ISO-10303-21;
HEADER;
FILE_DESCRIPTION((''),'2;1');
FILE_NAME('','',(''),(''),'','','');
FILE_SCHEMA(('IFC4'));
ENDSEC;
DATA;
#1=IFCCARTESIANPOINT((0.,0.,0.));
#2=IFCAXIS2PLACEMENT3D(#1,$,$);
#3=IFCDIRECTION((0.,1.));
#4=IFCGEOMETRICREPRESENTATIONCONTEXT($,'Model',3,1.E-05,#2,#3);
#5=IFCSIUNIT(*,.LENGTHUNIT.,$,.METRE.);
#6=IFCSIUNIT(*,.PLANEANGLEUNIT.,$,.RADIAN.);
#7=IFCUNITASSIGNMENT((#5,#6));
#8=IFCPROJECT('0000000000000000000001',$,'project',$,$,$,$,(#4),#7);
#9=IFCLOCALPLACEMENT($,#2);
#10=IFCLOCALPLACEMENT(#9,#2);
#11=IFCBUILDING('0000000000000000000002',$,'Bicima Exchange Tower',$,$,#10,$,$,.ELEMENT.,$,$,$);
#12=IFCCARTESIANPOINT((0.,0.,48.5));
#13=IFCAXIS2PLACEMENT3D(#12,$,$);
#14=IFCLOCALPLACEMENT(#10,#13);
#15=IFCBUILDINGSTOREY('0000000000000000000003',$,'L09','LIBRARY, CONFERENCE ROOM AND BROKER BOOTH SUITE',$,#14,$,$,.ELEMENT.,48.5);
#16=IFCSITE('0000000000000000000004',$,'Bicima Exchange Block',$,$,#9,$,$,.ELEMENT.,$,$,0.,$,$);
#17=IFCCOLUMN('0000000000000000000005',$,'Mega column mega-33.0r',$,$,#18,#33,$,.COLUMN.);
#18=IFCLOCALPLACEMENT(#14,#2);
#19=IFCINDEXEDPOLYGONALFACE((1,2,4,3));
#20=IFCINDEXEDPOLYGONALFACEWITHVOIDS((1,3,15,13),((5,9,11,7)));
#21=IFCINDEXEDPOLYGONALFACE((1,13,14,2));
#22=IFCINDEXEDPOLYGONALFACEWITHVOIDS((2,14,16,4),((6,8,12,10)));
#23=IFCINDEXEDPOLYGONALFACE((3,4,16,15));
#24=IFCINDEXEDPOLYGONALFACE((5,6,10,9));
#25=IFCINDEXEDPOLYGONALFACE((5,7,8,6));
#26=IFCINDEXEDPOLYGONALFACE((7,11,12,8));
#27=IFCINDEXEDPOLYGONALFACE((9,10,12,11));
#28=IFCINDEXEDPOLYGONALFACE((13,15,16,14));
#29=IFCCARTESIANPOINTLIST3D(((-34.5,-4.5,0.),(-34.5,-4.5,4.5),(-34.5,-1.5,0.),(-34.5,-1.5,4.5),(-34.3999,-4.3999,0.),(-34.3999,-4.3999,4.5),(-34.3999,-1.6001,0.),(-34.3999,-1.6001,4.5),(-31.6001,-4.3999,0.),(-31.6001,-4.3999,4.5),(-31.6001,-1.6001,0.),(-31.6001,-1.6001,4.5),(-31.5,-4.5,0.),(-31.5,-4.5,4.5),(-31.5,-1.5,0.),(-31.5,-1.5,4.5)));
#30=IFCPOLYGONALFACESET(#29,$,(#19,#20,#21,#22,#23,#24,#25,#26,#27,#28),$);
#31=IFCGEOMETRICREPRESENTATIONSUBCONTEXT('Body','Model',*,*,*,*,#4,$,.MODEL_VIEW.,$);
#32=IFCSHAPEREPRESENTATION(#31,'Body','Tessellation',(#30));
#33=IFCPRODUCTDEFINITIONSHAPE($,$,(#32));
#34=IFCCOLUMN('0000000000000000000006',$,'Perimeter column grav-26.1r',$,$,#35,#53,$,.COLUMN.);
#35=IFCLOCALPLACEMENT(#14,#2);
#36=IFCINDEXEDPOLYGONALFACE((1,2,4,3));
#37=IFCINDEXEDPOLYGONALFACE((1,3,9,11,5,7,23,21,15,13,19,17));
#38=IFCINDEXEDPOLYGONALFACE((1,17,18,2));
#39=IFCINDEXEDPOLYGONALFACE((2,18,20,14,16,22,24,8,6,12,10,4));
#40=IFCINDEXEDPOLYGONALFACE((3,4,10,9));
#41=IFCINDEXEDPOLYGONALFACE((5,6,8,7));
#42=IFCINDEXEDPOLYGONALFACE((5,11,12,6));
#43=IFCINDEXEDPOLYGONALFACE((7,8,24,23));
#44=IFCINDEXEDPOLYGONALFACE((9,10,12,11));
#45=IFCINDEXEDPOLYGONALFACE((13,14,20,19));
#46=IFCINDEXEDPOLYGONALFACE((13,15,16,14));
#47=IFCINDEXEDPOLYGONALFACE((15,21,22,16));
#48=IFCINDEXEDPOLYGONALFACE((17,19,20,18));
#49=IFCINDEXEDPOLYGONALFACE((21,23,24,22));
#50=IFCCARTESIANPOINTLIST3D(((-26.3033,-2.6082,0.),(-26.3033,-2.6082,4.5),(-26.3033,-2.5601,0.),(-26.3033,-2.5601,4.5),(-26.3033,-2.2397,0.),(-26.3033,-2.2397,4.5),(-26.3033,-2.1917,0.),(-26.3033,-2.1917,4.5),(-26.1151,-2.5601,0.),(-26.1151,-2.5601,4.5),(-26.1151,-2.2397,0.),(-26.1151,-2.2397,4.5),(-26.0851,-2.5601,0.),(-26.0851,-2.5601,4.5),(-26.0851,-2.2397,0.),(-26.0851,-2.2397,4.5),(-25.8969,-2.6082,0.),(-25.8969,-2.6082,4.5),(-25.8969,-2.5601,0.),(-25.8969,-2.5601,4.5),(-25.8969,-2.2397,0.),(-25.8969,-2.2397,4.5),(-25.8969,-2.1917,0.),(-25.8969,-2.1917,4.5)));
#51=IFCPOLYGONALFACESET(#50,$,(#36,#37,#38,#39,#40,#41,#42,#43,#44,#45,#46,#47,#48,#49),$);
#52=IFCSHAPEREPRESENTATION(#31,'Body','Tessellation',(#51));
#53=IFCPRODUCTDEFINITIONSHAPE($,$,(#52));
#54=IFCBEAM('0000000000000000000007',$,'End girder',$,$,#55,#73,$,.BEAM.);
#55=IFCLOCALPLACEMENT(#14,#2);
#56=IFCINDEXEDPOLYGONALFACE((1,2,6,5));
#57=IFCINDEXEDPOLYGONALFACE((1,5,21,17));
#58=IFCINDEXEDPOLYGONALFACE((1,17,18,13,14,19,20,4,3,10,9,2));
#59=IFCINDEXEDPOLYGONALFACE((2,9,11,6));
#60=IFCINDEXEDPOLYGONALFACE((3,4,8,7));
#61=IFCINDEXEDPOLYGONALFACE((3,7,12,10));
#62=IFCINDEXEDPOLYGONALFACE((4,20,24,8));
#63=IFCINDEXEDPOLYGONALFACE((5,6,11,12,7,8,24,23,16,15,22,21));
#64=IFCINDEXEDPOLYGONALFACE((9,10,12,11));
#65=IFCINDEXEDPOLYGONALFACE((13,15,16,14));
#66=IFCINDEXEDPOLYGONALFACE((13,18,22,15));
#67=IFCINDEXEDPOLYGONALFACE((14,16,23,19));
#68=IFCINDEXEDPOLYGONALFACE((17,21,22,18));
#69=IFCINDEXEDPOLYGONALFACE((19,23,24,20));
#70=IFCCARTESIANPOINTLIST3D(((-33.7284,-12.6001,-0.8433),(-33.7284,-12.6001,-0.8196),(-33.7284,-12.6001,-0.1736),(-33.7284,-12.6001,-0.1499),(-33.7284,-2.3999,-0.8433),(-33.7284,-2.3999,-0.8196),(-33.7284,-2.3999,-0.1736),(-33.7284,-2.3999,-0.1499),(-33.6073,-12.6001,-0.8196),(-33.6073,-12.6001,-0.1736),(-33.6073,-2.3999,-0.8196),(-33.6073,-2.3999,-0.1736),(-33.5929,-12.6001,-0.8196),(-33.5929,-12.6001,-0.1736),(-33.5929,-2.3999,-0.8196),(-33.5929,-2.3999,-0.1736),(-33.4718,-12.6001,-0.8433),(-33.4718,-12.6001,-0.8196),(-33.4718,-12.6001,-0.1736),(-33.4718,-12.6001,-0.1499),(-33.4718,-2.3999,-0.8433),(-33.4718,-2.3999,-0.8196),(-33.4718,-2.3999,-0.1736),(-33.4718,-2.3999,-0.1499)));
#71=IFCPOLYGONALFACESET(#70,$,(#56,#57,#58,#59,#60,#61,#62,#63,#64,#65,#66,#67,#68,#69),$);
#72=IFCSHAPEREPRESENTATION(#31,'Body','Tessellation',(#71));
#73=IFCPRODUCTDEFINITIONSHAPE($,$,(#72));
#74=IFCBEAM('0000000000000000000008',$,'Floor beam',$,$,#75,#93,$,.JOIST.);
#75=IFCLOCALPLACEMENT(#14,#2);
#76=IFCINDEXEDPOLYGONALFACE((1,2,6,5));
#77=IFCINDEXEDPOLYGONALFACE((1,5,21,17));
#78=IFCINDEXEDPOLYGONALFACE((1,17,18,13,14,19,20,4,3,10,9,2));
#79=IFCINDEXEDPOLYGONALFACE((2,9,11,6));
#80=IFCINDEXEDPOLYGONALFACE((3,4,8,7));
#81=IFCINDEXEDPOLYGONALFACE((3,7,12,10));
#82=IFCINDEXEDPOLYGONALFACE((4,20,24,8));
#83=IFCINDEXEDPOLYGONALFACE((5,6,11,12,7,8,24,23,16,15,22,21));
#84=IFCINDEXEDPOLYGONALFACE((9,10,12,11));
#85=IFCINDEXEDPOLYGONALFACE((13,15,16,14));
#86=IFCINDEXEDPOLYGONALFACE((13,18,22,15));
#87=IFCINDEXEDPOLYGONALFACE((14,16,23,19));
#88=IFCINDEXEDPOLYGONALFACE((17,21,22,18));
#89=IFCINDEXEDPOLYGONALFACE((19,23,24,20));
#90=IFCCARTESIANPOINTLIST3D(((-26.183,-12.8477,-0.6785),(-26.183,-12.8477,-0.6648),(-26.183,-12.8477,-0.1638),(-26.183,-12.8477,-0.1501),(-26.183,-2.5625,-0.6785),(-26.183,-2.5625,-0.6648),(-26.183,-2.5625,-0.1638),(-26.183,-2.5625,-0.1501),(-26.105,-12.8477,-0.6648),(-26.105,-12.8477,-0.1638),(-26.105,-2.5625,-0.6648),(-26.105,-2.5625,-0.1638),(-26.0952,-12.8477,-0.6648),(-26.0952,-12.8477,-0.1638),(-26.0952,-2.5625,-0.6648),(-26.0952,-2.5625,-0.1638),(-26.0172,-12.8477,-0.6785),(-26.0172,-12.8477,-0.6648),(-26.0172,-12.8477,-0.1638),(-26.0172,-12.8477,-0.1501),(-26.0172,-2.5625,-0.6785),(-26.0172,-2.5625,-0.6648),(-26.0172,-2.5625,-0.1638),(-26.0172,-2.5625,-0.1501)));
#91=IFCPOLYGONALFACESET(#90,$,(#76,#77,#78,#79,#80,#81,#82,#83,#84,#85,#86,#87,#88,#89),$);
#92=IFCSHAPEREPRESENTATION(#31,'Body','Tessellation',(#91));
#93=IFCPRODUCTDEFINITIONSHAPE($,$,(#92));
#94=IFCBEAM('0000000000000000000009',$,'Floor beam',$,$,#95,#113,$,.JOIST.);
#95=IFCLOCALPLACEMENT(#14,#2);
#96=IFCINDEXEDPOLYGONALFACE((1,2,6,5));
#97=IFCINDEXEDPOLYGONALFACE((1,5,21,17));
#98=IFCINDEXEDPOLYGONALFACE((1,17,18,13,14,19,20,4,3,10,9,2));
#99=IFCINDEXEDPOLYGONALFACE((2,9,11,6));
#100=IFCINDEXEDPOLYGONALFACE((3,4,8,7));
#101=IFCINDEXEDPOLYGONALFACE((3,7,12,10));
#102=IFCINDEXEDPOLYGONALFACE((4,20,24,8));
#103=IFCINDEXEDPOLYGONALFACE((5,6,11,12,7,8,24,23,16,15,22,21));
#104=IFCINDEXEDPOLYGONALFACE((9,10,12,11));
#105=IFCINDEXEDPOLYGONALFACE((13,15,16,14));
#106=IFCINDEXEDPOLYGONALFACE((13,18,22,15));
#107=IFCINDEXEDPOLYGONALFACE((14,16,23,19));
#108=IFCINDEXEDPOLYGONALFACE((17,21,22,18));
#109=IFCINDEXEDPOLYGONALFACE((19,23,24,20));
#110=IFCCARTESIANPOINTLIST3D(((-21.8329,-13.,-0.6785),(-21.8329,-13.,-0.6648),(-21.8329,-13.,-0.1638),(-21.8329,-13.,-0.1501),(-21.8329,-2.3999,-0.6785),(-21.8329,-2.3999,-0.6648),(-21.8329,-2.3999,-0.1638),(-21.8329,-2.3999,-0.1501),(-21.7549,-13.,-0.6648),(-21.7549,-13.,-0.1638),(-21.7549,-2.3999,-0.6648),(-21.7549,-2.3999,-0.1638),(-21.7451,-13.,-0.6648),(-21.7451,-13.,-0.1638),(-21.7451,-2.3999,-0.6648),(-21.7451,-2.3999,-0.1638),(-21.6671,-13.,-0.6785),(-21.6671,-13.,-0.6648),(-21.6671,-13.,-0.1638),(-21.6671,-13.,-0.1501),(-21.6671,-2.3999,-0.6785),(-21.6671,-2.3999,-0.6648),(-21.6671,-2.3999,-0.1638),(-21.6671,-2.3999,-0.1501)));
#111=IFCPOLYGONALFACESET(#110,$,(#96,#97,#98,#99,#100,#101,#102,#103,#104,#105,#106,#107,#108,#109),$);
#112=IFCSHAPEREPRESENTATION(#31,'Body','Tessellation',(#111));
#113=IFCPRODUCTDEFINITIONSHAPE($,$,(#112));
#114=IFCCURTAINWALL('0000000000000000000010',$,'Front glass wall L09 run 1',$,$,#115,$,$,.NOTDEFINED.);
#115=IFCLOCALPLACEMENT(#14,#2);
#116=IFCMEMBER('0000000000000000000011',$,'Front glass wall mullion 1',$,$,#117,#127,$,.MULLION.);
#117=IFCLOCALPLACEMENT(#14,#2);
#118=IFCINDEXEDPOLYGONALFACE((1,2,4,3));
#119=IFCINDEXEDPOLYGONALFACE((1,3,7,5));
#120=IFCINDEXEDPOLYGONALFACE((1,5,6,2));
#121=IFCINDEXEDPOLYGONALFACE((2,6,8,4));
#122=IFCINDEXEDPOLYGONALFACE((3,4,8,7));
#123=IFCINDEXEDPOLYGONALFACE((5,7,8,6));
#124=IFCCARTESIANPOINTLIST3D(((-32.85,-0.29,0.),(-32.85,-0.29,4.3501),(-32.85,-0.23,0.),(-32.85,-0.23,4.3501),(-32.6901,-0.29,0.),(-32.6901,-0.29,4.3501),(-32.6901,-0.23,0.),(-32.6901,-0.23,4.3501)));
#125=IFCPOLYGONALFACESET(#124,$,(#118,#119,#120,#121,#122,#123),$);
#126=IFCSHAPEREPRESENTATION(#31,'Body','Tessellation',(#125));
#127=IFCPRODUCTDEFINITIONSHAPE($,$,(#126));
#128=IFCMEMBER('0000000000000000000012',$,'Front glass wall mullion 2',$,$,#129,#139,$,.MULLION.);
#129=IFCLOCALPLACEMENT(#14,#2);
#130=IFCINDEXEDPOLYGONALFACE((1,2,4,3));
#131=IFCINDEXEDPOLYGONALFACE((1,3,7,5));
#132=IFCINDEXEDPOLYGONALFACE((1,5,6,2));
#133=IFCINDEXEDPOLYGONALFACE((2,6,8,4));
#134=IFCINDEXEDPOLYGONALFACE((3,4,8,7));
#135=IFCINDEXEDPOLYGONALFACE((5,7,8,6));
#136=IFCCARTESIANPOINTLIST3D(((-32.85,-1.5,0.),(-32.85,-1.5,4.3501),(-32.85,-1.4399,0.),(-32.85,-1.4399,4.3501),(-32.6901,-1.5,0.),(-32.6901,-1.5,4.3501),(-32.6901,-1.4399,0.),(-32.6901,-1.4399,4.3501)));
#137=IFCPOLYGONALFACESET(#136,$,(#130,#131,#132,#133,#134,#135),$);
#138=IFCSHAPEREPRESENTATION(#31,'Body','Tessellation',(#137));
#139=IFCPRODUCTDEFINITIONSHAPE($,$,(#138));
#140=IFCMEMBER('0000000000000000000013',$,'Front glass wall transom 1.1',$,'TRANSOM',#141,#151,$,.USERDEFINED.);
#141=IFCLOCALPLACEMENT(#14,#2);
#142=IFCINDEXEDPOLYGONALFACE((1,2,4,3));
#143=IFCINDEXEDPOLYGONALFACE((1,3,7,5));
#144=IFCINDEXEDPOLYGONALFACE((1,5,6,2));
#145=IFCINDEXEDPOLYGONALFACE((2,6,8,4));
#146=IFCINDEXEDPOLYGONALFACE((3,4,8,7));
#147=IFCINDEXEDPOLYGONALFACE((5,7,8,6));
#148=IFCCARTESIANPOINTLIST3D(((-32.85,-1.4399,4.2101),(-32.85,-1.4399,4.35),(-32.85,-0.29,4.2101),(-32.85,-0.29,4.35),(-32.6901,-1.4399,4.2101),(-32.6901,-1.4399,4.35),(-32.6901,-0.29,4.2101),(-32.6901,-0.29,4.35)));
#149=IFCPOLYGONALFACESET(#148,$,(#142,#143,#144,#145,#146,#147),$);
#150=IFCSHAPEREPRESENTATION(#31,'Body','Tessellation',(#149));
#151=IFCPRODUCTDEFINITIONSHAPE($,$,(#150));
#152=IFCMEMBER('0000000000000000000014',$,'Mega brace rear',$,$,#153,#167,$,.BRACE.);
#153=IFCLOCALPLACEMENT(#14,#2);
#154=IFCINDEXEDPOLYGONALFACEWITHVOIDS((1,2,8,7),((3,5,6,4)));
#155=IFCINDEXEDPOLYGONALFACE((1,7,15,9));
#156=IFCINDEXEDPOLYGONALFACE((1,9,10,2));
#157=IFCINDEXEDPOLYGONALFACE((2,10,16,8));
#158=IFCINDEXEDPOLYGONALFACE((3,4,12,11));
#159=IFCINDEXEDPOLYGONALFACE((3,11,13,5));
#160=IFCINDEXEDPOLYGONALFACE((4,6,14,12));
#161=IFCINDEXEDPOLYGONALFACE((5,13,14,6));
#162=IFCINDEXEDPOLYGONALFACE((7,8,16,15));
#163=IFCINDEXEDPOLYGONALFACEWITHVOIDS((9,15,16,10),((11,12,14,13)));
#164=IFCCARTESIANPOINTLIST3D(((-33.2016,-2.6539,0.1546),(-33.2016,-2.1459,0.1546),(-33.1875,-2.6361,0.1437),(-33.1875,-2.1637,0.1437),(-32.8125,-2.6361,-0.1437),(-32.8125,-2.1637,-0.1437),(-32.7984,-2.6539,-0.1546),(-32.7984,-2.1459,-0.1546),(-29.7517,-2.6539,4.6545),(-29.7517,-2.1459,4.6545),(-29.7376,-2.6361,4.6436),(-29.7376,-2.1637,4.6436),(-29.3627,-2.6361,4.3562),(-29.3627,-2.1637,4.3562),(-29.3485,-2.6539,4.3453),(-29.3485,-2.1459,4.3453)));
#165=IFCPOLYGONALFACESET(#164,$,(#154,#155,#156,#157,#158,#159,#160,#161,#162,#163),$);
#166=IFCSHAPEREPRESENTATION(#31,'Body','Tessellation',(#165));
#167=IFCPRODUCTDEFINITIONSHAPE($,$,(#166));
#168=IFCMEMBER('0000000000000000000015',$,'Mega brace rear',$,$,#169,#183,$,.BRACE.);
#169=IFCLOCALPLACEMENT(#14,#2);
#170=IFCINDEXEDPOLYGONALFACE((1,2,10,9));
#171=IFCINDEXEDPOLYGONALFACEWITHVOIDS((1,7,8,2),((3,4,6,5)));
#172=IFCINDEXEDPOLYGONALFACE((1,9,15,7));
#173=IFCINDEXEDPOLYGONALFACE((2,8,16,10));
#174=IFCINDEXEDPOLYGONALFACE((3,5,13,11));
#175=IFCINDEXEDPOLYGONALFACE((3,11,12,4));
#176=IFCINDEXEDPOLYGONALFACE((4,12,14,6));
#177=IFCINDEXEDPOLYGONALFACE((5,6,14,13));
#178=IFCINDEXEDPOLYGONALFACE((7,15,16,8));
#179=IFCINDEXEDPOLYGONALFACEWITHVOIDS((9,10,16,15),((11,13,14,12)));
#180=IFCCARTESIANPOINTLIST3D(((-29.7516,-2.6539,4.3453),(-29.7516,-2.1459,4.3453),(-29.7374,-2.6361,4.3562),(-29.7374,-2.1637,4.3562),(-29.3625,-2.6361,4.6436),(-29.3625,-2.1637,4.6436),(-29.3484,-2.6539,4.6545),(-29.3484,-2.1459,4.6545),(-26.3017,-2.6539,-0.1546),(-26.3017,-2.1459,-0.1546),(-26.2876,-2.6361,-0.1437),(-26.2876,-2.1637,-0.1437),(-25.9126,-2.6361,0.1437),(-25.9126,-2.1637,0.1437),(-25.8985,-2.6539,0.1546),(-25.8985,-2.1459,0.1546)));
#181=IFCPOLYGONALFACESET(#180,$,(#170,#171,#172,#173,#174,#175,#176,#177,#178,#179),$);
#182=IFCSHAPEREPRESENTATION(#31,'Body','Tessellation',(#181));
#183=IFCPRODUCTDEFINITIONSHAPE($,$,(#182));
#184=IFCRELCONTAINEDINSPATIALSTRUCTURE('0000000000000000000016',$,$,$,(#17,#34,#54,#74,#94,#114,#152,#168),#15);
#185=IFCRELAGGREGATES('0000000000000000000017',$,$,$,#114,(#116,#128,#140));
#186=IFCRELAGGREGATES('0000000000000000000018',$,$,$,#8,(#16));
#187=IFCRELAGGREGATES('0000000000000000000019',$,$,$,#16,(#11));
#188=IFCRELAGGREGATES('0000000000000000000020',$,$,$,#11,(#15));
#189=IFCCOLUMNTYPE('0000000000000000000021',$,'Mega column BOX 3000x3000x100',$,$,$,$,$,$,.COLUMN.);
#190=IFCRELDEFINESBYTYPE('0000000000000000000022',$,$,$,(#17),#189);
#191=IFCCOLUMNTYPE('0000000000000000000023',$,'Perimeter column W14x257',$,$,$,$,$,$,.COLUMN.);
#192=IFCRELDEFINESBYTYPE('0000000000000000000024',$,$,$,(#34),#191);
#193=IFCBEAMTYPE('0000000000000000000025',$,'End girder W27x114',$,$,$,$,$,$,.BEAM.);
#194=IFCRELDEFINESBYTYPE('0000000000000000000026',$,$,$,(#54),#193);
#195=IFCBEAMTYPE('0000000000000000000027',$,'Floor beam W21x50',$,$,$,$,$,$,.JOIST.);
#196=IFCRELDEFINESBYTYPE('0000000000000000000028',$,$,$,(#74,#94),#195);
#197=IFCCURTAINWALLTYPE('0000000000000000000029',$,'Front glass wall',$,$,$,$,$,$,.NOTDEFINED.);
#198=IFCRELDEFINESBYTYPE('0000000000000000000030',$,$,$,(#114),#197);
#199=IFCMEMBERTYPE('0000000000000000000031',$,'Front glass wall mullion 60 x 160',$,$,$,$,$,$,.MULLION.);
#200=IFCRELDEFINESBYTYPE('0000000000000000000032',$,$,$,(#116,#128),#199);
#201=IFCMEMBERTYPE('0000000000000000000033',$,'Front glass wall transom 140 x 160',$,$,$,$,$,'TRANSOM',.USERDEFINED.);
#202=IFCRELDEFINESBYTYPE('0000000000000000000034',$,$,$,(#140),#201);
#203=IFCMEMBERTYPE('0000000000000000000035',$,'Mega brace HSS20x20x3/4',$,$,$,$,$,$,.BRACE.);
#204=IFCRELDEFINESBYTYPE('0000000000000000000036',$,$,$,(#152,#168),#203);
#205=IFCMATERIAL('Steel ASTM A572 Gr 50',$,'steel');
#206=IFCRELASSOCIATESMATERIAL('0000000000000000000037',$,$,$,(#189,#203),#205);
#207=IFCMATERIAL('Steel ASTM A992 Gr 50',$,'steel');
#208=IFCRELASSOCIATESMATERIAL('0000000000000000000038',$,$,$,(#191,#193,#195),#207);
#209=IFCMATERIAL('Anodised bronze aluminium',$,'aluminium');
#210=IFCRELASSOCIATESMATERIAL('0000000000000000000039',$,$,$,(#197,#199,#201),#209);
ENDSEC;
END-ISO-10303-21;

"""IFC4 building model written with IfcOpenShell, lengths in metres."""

from ifc_helpers import new_model, si_unit, direction, frame, origin, origin_2d, place, context, subcontext, project, spatial, rectangle, hollow_rectangle, i_section, extrude, material, material_profile, profile_set, type_object, element, aggregate, save


model = new_model("IFC4")

# Units and contexts
model_context = context("Model", 3, precision=1e-05, world=origin(), true_north=direction((0.0, 1.0)))
body_context = subcontext(model_context, "Body", "Model", "MODEL_VIEW")
ifc_project = project(units=[si_unit("LENGTHUNIT", "METRE"), si_unit("PLANEANGLEUNIT", "RADIAN")], contexts=[model_context])

# Site, building, storey
site_placement = place(None, origin())
site = spatial("IfcSite", under=ifc_project, at=site_placement, Name="Bicima Exchange Block", CompositionType="ELEMENT", RefElevation=0.0)
building_placement = place(site_placement, origin())
building = spatial("IfcBuilding", under=site, at=building_placement, Name="Bicima Exchange Tower", CompositionType="ELEMENT")
storey_placement = place(building_placement, frame((0.0, 0.0, 48.5)))
storey = spatial("IfcBuildingStorey", under=building, at=storey_placement, Name="L09", Description="LIBRARY, CONFERENCE ROOM AND BROKER BOOTH SUITE", CompositionType="ELEMENT", Elevation=48.5)

# Columns
ifc_material_1 = material(Name="Steel ASTM A572 Gr 50", Category="steel")
ifc_material_profile_1 = material_profile(ifc_material_1, hollow_rectangle(XDim=3.0, YDim=3.0, WallThickness=0.1001, at=origin_2d()))
ifc_profile_set_1 = profile_set([ifc_material_profile_1], Name="Steel ASTM A572 Gr 50")
column_type_1 = type_object("IfcColumnType", Name="Mega column BOX 3000x3000x100", PredefinedType="COLUMN", material=ifc_profile_set_1)
column_1_placement = place(storey_placement, frame((-33.0, -3.0, 0.0), z_axis=(0.0, 0.0, 1.0), x_axis=(1.0, 0.0, 0.0)))
element("IfcColumn", 1, at=column_1_placement, inside=storey, type_object=column_type_1, Name="Mega column mega-33.0r", PredefinedType="COLUMN", context=body_context, shape_type="SweptSolid", body=[
    extrude(hollow_rectangle(XDim=3.0, YDim=3.0, WallThickness=0.1001, at=origin_2d()), origin(), (0.0, 0.0, 1.0), 4.5),
])
ifc_material_2 = material(Name="Steel ASTM A992 Gr 50", Category="steel")
ifc_material_profile_2 = material_profile(ifc_material_2, i_section(OverallWidth=0.4065, OverallDepth=0.4165, WebThickness=0.03, FlangeThickness=0.0481, at=origin_2d()))
ifc_profile_set_2 = profile_set([ifc_material_profile_2], Name="Steel ASTM A992 Gr 50")
column_type_2 = type_object("IfcColumnType", Name="Perimeter column W14x257", PredefinedType="COLUMN", material=ifc_profile_set_2)
column_2_placement = place(storey_placement, frame((-26.1001, -2.3999, 0.0), z_axis=(0.0, 0.0, 1.0), x_axis=(1.0, 0.0, 0.0)))
element("IfcColumn", 2, at=column_2_placement, inside=storey, type_object=column_type_2, Name="Perimeter column grav-26.1r", PredefinedType="COLUMN", context=body_context, shape_type="SweptSolid", body=[
    extrude(i_section(OverallWidth=0.4065, OverallDepth=0.4165, WebThickness=0.03, FlangeThickness=0.0481, at=origin_2d()), origin(), (0.0, 0.0, 1.0), 4.5),
])

# Beams
ifc_material_profile_3 = material_profile(ifc_material_2, i_section(OverallWidth=0.2566, OverallDepth=0.6934, WebThickness=0.0144, FlangeThickness=0.0237, at=origin_2d()))
ifc_profile_set_3 = profile_set([ifc_material_profile_3], Name="Steel ASTM A992 Gr 50")
beam_type_1 = type_object("IfcBeamType", Name="End girder W27x114", PredefinedType="BEAM", material=ifc_profile_set_3)
beam_1_placement = place(storey_placement, frame((-33.6001, -2.3999, -0.4966), z_axis=(0.0, -1.0, 0.0), x_axis=(1.0, 0.0, 0.0)))
element("IfcBeam", 3, at=beam_1_placement, inside=storey, type_object=beam_type_1, Name="End girder", PredefinedType="BEAM", context=body_context, shape_type="SweptSolid", body=[
    extrude(i_section(OverallWidth=0.2566, OverallDepth=0.6934, WebThickness=0.0144, FlangeThickness=0.0237, at=origin_2d()), origin(), (0.0, 0.0, 1.0), 10.2002),
])
ifc_material_profile_4 = material_profile(ifc_material_2, i_section(OverallWidth=0.1658, OverallDepth=0.5283, WebThickness=0.0098, FlangeThickness=0.0137, at=origin_2d()))
ifc_profile_set_4 = profile_set([ifc_material_profile_4], Name="Steel ASTM A992 Gr 50")
beam_type_2 = type_object("IfcBeamType", Name="Floor beam W21x50", PredefinedType="JOIST", material=ifc_profile_set_4)
beam_2_placement = place(storey_placement, frame((-26.1001, -2.5625, -0.4143), z_axis=(0.0, -1.0, 0.0), x_axis=(1.0, 0.0, 0.0)))
element("IfcBeam", 4, at=beam_2_placement, inside=storey, type_object=beam_type_2, Name="Floor beam", PredefinedType="JOIST", context=body_context, shape_type="SweptSolid", body=[
    extrude(i_section(OverallWidth=0.1658, OverallDepth=0.5283, WebThickness=0.0098, FlangeThickness=0.0137, at=origin_2d()), origin(), (0.0, 0.0, 1.0), 10.2852),
])
beam_3_placement = place(storey_placement, frame((-21.75, -2.3999, -0.4143), z_axis=(0.0, -1.0, 0.0), x_axis=(1.0, 0.0, 0.0)))
element("IfcBeam", 5, at=beam_3_placement, inside=storey, type_object=beam_type_2, Name="Floor beam", PredefinedType="JOIST", context=body_context, shape_type="SweptSolid", body=[
    extrude(i_section(OverallWidth=0.1658, OverallDepth=0.5283, WebThickness=0.0098, FlangeThickness=0.0137, at=origin_2d()), origin(), (0.0, 0.0, 1.0), 10.6001),
])

# Curtain wall, members
ifc_material_3 = material(Name="Anodised bronze aluminium", Category="aluminium")
curtain_wall_type = type_object("IfcCurtainWallType", Name="Front glass wall", PredefinedType="NOTDEFINED", material=ifc_material_3)
curtain_wall_placement = place(storey_placement, origin())
curtain_wall = element("IfcCurtainWall", 6, at=curtain_wall_placement, inside=storey, type_object=curtain_wall_type, Name="Front glass wall L09 run 1", PredefinedType="NOTDEFINED")
ifc_material_profile_5 = material_profile(ifc_material_3, rectangle(XDim=0.1599, YDim=0.0601, at=origin_2d()))
ifc_profile_set_5 = profile_set([ifc_material_profile_5], Name="Anodised bronze aluminium")
member_type_1 = type_object("IfcMemberType", Name="Front glass wall mullion 60 x 160", PredefinedType="MULLION", material=ifc_profile_set_5)
member_1_placement = place(storey_placement, frame((-32.77, -0.26, 0.0), z_axis=(0.0, 0.0, 1.0), x_axis=(1.0, 0.0, 0.0)))
member_1 = element("IfcMember", 7, at=member_1_placement, type_object=member_type_1, Name="Front glass wall mullion 1", PredefinedType="MULLION", context=body_context, shape_type="SweptSolid", body=[
    extrude(rectangle(XDim=0.1599, YDim=0.0601, at=origin_2d()), origin(), (0.0, 0.0, 1.0), 4.3501),
])
member_2_placement = place(storey_placement, frame((-32.77, -1.47, 0.0), z_axis=(0.0, 0.0, 1.0), x_axis=(1.0, 0.0, 0.0)))
member_2 = element("IfcMember", 8, at=member_2_placement, type_object=member_type_1, Name="Front glass wall mullion 2", PredefinedType="MULLION", context=body_context, shape_type="SweptSolid", body=[
    extrude(rectangle(XDim=0.1599, YDim=0.0601, at=origin_2d()), origin(), (0.0, 0.0, 1.0), 4.3501),
])
ifc_material_profile_6 = material_profile(ifc_material_3, rectangle(XDim=0.1599, YDim=0.1399, at=origin_2d()))
ifc_profile_set_6 = profile_set([ifc_material_profile_6], Name="Anodised bronze aluminium")
member_type_2 = type_object("IfcMemberType", Name="Front glass wall transom 140 x 160", ElementType="TRANSOM", PredefinedType="USERDEFINED", material=ifc_profile_set_6)
member_3_placement = place(storey_placement, frame((-32.77, -0.29, 4.28), z_axis=(0.0, -1.0, 0.0), x_axis=(1.0, 0.0, 0.0)))
member_3 = element("IfcMember", 9, at=member_3_placement, type_object=member_type_2, Name="Front glass wall transom 1.1", ObjectType="TRANSOM", PredefinedType="USERDEFINED", context=body_context, shape_type="SweptSolid", body=[
    extrude(rectangle(XDim=0.1599, YDim=0.1399, at=origin_2d()), origin(), (0.0, 0.0, 1.0), 1.1499),
])

# Members
ifc_material_profile_7 = material_profile(ifc_material_1, hollow_rectangle(XDim=0.5081, YDim=0.5081, WallThickness=0.0178, at=origin_2d()))
ifc_profile_set_7 = profile_set([ifc_material_profile_7], Name="Steel ASTM A572 Gr 50")
member_type_3 = type_object("IfcMemberType", Name="Mega brace HSS20x20x3/4", PredefinedType="BRACE", material=ifc_profile_set_7)
for number, where, z_axis, x_axis, name in (
    (10, (-33.0, -2.3999, 0.0), (0.608426, 0.0, 0.793611), (0.0, 1.0, 0.0), "Mega brace rear"),
    (11, (-26.1001, -2.3999, 0.0), (-0.608426, 0.0, 0.793611), (0.0, -1.0, 0.0), "Mega brace rear"),
):
    element("IfcMember", number, at=place(storey_placement, frame(where, z_axis=z_axis, x_axis=x_axis)), inside=storey, type_object=member_type_3, Name=name, PredefinedType="BRACE", context=body_context, shape_type="SweptSolid", body=[
        extrude(hollow_rectangle(XDim=0.5081, YDim=0.5081, WallThickness=0.0178, at=origin_2d()), origin(), (0.0, 0.0, 1.0), 5.6702),
    ])

aggregate(curtain_wall, [member_1, member_2, member_3])

save(model, "model.ifc")
